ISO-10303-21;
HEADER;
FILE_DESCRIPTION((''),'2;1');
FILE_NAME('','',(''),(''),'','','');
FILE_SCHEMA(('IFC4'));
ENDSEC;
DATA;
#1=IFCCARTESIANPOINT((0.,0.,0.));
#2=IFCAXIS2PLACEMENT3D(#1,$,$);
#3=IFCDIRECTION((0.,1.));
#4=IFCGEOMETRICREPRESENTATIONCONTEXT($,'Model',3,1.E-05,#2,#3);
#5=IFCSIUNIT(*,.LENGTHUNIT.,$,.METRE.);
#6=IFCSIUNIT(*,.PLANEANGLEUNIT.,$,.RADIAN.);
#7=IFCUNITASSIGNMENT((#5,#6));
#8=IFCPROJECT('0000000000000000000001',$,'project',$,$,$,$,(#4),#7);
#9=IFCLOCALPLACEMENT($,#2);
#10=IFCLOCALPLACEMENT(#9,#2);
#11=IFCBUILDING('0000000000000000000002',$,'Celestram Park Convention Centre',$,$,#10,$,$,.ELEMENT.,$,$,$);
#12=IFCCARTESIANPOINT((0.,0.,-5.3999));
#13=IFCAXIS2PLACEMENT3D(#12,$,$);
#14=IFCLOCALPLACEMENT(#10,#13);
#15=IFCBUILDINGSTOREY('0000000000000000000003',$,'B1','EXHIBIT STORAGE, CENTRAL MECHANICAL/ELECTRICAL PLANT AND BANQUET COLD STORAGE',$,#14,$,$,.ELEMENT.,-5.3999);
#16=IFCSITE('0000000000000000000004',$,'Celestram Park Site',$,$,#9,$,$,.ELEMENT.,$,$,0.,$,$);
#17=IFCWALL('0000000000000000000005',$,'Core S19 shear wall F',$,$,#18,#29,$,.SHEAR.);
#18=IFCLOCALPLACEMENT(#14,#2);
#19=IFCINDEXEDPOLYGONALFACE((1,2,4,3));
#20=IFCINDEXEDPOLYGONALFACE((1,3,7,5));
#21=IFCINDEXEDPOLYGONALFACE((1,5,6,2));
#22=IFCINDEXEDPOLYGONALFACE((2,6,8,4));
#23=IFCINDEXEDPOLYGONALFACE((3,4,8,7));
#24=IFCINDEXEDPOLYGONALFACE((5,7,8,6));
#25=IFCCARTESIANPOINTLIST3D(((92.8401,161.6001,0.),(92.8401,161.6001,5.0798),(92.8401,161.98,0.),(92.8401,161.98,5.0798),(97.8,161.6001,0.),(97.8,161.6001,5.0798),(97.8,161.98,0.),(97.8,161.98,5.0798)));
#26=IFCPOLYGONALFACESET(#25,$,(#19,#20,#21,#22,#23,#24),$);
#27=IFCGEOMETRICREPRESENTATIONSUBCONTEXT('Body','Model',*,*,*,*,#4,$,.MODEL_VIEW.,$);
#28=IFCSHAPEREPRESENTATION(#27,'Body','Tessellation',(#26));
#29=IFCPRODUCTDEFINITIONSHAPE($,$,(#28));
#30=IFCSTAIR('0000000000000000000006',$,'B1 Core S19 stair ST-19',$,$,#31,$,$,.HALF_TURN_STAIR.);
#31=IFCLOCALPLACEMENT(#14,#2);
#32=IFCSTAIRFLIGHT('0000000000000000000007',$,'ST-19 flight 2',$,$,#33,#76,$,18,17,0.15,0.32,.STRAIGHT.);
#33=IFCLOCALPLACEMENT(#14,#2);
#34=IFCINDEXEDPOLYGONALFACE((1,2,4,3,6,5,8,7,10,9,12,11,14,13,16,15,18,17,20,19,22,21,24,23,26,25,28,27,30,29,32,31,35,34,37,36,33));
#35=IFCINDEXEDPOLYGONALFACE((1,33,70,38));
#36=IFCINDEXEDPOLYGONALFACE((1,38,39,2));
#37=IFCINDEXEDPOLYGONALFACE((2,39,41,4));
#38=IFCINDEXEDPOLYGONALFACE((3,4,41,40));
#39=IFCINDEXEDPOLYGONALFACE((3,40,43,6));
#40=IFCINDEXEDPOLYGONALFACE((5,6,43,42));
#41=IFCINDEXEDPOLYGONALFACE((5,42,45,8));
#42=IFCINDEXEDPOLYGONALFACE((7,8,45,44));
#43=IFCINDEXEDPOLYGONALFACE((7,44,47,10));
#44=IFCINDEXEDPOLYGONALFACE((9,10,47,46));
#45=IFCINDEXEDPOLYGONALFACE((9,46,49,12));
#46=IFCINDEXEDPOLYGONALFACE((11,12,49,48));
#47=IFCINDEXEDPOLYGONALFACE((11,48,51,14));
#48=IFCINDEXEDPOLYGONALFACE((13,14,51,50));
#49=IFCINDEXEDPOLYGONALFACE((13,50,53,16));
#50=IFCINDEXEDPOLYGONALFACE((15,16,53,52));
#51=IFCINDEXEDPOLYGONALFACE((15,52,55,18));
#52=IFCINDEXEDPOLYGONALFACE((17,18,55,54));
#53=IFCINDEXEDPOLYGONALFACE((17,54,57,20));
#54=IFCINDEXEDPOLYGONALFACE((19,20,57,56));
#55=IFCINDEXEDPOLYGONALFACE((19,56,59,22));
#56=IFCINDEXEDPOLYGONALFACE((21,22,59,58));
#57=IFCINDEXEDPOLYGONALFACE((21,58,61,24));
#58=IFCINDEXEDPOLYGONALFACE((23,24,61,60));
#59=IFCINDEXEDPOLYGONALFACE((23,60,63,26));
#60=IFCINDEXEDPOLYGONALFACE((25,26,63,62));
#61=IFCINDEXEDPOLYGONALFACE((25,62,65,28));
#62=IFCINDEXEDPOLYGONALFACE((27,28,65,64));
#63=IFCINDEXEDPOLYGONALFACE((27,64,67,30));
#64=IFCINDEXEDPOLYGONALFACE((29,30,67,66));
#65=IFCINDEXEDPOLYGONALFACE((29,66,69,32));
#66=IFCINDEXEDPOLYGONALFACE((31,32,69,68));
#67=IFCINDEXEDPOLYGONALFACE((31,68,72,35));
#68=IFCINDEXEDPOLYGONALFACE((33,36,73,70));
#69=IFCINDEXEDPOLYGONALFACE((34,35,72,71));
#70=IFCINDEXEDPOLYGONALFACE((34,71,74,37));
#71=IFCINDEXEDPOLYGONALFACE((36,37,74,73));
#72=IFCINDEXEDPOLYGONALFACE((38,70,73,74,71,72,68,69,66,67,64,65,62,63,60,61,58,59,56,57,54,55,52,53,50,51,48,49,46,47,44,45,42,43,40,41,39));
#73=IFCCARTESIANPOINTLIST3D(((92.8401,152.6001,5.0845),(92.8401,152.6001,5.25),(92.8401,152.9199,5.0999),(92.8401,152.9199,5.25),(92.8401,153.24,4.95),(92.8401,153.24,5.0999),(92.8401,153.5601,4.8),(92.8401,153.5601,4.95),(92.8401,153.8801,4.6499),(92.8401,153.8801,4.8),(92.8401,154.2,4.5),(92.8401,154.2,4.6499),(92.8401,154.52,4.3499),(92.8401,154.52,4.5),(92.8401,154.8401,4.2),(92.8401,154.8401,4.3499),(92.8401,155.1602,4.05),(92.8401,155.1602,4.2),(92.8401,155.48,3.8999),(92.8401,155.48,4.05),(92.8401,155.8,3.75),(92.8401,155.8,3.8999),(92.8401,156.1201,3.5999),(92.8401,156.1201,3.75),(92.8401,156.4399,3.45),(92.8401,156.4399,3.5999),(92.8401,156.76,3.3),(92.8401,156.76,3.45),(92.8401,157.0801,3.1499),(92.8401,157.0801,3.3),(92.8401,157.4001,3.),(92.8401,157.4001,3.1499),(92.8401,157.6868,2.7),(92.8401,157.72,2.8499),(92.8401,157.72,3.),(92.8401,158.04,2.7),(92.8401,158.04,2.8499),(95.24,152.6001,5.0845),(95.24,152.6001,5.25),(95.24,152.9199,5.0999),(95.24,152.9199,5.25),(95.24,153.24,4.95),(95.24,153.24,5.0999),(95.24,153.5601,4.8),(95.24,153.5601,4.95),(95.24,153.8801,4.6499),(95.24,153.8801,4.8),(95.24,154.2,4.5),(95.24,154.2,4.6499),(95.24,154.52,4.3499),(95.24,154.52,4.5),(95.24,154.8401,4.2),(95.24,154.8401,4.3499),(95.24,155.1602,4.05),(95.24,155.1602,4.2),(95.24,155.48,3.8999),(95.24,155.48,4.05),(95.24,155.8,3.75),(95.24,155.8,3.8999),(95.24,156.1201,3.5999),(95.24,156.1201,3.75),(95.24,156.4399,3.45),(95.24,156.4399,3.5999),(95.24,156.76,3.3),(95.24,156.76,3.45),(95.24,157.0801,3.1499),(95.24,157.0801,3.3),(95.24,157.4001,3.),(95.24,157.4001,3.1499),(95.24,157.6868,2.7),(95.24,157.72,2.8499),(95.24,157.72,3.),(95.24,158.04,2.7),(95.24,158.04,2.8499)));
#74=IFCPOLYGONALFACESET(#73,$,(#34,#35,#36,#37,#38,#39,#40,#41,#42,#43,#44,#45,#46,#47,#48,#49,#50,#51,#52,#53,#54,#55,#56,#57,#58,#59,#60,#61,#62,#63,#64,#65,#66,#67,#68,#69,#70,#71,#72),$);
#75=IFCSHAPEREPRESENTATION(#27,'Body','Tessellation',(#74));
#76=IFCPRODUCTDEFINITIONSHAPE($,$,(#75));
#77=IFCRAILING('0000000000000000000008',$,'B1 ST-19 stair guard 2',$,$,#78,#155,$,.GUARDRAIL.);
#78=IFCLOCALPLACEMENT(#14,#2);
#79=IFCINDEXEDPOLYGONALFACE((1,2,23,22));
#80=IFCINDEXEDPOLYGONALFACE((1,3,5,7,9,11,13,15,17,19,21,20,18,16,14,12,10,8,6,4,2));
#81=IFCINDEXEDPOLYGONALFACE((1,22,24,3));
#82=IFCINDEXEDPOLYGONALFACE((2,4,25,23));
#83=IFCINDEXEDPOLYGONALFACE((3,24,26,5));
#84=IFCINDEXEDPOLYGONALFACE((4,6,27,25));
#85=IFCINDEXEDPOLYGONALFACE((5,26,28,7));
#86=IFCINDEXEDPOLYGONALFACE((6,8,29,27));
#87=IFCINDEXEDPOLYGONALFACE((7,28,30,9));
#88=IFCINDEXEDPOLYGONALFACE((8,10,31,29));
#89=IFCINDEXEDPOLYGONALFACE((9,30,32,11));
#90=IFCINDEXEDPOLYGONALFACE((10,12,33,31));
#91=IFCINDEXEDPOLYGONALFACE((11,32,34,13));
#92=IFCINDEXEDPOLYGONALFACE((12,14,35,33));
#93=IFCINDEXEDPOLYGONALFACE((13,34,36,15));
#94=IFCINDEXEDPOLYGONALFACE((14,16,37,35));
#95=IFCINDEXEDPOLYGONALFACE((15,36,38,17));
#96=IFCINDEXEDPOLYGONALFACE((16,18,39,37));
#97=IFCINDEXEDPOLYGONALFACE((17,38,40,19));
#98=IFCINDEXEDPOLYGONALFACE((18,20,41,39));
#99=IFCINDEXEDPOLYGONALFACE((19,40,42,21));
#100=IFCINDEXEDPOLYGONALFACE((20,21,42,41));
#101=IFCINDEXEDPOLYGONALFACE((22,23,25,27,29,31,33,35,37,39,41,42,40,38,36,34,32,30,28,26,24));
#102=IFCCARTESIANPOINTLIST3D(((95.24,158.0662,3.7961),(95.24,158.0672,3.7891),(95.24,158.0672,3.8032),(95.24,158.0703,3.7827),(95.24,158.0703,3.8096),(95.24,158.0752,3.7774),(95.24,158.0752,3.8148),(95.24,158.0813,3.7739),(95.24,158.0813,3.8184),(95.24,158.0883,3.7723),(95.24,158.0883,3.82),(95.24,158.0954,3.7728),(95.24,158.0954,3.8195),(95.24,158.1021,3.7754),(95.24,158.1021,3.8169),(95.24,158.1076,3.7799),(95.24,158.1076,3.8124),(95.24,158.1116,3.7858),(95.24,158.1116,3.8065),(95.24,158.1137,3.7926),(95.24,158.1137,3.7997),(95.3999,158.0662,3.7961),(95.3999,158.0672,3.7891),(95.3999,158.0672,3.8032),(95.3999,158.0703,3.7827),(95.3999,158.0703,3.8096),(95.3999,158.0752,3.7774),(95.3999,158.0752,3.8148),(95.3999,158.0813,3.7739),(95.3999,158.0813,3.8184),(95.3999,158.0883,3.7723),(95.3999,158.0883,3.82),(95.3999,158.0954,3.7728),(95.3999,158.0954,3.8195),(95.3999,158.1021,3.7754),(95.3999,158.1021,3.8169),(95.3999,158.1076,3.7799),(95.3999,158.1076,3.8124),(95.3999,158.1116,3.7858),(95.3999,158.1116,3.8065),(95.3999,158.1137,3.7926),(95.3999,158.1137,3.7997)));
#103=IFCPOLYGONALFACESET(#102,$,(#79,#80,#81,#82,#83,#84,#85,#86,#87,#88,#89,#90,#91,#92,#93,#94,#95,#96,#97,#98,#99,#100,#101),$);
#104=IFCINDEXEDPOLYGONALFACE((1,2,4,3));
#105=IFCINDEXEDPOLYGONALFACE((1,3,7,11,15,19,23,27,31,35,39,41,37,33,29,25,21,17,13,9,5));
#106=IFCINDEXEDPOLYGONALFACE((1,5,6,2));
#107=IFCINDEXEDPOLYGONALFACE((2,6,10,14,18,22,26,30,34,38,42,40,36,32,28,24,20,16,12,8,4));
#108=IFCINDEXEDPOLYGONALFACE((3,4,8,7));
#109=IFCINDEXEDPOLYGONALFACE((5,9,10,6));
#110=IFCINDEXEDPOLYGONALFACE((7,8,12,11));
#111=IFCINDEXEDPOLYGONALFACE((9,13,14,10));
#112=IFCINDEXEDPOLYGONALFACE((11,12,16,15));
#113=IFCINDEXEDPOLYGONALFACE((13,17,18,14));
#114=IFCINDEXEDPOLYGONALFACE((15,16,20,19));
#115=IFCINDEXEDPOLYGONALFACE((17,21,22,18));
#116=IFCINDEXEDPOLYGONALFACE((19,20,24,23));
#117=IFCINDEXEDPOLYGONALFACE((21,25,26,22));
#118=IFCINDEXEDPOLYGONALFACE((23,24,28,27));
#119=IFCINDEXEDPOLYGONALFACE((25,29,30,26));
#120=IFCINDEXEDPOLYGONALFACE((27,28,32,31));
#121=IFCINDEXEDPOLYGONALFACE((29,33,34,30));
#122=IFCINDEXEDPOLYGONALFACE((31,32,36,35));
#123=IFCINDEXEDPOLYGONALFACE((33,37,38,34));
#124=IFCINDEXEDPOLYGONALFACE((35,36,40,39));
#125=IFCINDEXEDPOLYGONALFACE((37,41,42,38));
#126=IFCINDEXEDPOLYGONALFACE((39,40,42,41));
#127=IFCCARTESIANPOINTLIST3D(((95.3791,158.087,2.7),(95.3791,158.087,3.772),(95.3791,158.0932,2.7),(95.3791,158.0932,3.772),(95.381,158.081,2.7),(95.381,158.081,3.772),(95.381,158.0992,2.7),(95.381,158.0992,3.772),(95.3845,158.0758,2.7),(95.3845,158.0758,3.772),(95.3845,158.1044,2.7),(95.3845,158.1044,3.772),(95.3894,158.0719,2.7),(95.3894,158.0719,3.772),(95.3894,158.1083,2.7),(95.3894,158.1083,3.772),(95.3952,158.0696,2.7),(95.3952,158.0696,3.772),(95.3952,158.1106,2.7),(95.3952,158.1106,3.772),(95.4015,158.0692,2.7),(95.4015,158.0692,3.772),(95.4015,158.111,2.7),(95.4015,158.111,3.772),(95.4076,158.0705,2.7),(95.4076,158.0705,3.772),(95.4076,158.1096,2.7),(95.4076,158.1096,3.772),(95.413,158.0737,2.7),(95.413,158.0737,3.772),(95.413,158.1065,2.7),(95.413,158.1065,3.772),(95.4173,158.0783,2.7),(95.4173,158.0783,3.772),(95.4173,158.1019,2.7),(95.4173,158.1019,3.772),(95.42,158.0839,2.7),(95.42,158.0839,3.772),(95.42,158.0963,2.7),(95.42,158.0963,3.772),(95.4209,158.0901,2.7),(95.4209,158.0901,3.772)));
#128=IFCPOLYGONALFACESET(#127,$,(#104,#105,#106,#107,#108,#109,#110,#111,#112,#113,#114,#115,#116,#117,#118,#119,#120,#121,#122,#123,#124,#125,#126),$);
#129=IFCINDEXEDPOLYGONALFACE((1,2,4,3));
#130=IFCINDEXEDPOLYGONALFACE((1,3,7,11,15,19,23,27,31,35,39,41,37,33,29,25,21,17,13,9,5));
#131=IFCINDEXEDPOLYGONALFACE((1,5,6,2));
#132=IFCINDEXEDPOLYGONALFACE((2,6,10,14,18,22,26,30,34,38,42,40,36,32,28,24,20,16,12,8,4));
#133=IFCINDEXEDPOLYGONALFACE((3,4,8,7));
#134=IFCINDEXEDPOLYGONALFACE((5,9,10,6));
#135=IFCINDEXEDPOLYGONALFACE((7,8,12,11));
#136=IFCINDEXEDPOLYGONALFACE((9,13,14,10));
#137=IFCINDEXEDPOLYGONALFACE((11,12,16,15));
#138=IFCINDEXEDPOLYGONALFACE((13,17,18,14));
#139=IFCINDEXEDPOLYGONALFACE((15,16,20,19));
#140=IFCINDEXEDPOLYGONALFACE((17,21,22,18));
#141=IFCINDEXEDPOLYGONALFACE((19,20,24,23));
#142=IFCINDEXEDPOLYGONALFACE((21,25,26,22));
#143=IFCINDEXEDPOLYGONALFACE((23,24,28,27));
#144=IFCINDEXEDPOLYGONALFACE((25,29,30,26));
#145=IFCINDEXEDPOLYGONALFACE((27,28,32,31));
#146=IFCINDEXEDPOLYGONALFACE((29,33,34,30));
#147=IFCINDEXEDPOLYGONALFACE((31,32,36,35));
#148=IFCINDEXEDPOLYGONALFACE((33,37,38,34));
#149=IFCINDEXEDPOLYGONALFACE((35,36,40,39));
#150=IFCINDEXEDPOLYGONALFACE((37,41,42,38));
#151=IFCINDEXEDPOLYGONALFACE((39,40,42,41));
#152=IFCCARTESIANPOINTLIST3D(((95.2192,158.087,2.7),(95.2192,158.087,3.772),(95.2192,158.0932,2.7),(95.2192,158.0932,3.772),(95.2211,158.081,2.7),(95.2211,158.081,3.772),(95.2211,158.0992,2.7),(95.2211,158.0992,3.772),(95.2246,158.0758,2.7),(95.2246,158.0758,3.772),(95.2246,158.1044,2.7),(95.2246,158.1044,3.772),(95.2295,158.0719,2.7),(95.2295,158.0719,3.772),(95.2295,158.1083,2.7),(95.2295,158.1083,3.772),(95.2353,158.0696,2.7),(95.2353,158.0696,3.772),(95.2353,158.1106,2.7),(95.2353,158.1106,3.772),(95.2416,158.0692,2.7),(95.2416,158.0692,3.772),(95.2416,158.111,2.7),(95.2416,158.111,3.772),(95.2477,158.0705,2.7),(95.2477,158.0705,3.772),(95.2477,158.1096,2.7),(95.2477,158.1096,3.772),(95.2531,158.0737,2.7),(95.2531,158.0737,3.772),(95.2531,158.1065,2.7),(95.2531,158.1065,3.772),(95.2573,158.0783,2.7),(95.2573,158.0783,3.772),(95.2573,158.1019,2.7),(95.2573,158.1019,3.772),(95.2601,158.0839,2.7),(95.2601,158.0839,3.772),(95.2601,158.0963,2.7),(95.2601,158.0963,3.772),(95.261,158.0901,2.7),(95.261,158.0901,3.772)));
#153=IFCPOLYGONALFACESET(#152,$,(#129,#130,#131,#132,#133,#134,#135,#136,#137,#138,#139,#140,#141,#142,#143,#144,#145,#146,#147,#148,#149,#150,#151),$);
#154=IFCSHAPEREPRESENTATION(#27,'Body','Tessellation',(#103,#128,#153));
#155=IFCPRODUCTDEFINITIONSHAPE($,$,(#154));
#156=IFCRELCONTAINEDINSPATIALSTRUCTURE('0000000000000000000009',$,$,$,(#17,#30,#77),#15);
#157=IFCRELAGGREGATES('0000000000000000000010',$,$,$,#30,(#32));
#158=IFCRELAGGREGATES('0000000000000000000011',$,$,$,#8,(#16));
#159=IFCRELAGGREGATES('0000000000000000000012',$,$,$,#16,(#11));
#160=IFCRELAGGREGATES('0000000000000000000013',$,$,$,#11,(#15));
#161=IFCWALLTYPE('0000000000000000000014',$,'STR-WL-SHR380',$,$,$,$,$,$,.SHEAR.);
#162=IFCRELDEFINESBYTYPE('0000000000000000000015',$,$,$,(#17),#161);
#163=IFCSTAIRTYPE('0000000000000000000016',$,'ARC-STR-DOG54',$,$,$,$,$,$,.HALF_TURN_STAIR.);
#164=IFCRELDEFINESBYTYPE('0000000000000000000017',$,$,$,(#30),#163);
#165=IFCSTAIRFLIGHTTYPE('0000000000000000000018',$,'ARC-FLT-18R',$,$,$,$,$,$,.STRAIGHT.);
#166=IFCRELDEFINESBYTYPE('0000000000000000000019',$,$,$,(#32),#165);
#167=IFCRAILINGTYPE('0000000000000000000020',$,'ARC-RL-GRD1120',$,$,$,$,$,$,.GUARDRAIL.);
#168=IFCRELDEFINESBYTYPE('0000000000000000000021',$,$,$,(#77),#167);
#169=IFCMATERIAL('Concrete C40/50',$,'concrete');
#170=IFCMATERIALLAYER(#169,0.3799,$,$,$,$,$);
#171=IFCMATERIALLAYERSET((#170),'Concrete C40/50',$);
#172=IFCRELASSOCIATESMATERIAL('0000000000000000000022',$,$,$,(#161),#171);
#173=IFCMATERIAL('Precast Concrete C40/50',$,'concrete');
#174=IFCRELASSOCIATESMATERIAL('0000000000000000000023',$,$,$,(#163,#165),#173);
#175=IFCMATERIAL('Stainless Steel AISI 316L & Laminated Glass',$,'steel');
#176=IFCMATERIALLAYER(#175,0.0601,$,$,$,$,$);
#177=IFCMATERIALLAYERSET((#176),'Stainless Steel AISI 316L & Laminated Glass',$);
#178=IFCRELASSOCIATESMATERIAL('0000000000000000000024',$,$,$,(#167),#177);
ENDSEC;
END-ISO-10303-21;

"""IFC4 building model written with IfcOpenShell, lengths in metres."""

from ifc_helpers import new_model, si_unit, direction, frame, frame_2d, origin, origin_2d, place, context, subcontext, project, spatial, polyline, rectangle, circle, outline, extrude, material, layer, layer_set, type_object, element, aggregate, save


model = new_model("IFC4")

# Units and contexts
model_context = context("Model", 3, precision=1e-05, world=origin(), true_north=direction((0.0, 1.0)))
body_context = subcontext(model_context, "Body", "Model", "MODEL_VIEW")
ifc_project = project(units=[si_unit("LENGTHUNIT", "METRE"), si_unit("PLANEANGLEUNIT", "RADIAN")], contexts=[model_context])

# Site, building, storey
site_placement = place(None, origin())
site = spatial("IfcSite", under=ifc_project, at=site_placement, Name="Celestram Park Site", CompositionType="ELEMENT", RefElevation=0.0)
building_placement = place(site_placement, origin())
building = spatial("IfcBuilding", under=site, at=building_placement, Name="Celestram Park Convention Centre", CompositionType="ELEMENT")
storey_placement = place(building_placement, frame((0.0, 0.0, -5.3999)))
storey = spatial("IfcBuildingStorey", under=building, at=storey_placement, Name="B1", Description="EXHIBIT STORAGE, CENTRAL MECHANICAL/ELECTRICAL PLANT AND BANQUET COLD STORAGE", CompositionType="ELEMENT", Elevation=-5.3999)

# Shared definitions
ifc_material_1 = material(Name="Concrete C40/50", Category="concrete")

# Wall
ifc_layer_1 = layer(ifc_material_1, 0.3799)
ifc_layer_set_1 = layer_set([ifc_layer_1], Name="Concrete C40/50")
wall_type = type_object("IfcWallType", Name="STR-WL-SHR380", PredefinedType="SHEAR", material=ifc_layer_set_1)
wall_placement = place(storey_placement, frame((92.8401, 161.79, 0.0), z_axis=(0.0, 0.0, 1.0), x_axis=(1.0, 0.0, 0.0)))
element("IfcWall", 1, at=wall_placement, inside=storey, type_object=wall_type, Name="Core S19 shear wall F", PredefinedType="SHEAR", context=body_context, shape_type="SweptSolid", body=[
    extrude(rectangle(XDim=4.96, YDim=0.3799, at=frame_2d((2.48, 0.0))), origin(), (0.0, 0.0, 1.0), 5.0798),
])

# Stair, stair flight
ifc_material_2 = material(Name="Precast Concrete C40/50", Category="concrete")
stair_type = type_object("IfcStairType", Name="ARC-STR-DOG54", PredefinedType="HALF_TURN_STAIR", material=ifc_material_2)
stair_placement = place(storey_placement, origin())
stair = element("IfcStair", 2, at=stair_placement, inside=storey, type_object=stair_type, Name="B1 Core S19 stair ST-19", PredefinedType="HALF_TURN_STAIR")
stair_flight_type = type_object("IfcStairFlightType", Name="ARC-FLT-18R", PredefinedType="STRAIGHT", material=ifc_material_2)
stair_flight_placement = place(storey_placement, frame((94.04, 158.04, 2.7), z_axis=(0.0, 0.0, 1.0), x_axis=(0.0, -1.0, 0.0)))
stair_flight = element("IfcStairFlight", 3, at=stair_flight_placement, type_object=stair_flight_type, Name="ST-19 flight 2", NumberOfRisers=18, NumberOfTreads=17, PredefinedType="STRAIGHT", RiserHeight=0.15, TreadLength=0.32, context=body_context, shape_type="SweptSolid", body=[
    extrude(outline(polyline([(0.0, 0.0), (0.0, 0.1499), (0.3201, 0.1499), (0.3201, 0.3), (0.6399, 0.3), (0.6399, 0.45), (0.96, 0.45), (0.96, 0.6001), (1.28, 0.6001), (1.28, 0.75), (1.6001, 0.75), (1.6001, 0.8999), (1.9199, 0.8999), (1.9199, 1.05), (2.24, 1.05), (2.24, 1.2), (2.5601, 1.2), (2.5601, 1.3501), (2.8799, 1.3501), (2.8799, 1.5), (3.2, 1.5), (3.2, 1.6499), (3.52, 1.6499), (3.52, 1.8), (3.8401, 1.8), (3.8401, 1.95), (4.1599, 1.95), (4.1599, 2.1001), (4.48, 2.1001), (4.48, 2.25), (4.8, 2.25), (4.8, 2.3999), (5.1201, 2.3999), (5.1201, 2.55), (5.4399, 2.55), (5.4399, 2.7), (5.4399, 2.3845), (0.3533, 0.0), (0.0, 0.0)])), frame((0.0, 1.2, 0.0), z_axis=(0.0, -1.0, 0.0), x_axis=(1.0, 0.0, 0.0)), (0.0, 0.0, 1.0), 2.3999),
])
aggregate(stair, [stair_flight])

# Railing
ifc_material_3 = material(Name="Stainless Steel AISI 316L & Laminated Glass", Category="steel")
ifc_layer_2 = layer(ifc_material_3, 0.0601)
ifc_layer_set_2 = layer_set([ifc_layer_2], Name="Stainless Steel AISI 316L & Laminated Glass")
railing_type_1 = type_object("IfcRailingType", Name="ARC-RL-GRD1120", PredefinedType="GUARDRAIL", material=ifc_layer_set_2)
railing_1_placement = place(storey_placement, frame((95.3999, 158.0901, 2.7)))
element("IfcRailing", 4, at=railing_1_placement, inside=storey, type_object=railing_type_1, Name="B1 ST-19 stair guard 2", PredefinedType="GUARDRAIL", context=body_context, shape_type="SweptSolid", body=[
    extrude(circle(Radius=0.0239, at=origin_2d()), frame((0.0, 0.0, 1.0962), z_axis=(-1.0, 0.0, 0.0), x_axis=(0.0, -1.0, 0.0)), (0.0, 0.0, 1.0), 0.1599),
    extrude(circle(Radius=0.021, at=origin_2d()), origin(), (0.0, 0.0, 1.0), 1.072),
    extrude(circle(Radius=0.021, at=origin_2d()), frame((-0.1599, 0.0, 0.0)), (0.0, 0.0, 1.0), 1.072),
])

save(model, "model.ifc")
